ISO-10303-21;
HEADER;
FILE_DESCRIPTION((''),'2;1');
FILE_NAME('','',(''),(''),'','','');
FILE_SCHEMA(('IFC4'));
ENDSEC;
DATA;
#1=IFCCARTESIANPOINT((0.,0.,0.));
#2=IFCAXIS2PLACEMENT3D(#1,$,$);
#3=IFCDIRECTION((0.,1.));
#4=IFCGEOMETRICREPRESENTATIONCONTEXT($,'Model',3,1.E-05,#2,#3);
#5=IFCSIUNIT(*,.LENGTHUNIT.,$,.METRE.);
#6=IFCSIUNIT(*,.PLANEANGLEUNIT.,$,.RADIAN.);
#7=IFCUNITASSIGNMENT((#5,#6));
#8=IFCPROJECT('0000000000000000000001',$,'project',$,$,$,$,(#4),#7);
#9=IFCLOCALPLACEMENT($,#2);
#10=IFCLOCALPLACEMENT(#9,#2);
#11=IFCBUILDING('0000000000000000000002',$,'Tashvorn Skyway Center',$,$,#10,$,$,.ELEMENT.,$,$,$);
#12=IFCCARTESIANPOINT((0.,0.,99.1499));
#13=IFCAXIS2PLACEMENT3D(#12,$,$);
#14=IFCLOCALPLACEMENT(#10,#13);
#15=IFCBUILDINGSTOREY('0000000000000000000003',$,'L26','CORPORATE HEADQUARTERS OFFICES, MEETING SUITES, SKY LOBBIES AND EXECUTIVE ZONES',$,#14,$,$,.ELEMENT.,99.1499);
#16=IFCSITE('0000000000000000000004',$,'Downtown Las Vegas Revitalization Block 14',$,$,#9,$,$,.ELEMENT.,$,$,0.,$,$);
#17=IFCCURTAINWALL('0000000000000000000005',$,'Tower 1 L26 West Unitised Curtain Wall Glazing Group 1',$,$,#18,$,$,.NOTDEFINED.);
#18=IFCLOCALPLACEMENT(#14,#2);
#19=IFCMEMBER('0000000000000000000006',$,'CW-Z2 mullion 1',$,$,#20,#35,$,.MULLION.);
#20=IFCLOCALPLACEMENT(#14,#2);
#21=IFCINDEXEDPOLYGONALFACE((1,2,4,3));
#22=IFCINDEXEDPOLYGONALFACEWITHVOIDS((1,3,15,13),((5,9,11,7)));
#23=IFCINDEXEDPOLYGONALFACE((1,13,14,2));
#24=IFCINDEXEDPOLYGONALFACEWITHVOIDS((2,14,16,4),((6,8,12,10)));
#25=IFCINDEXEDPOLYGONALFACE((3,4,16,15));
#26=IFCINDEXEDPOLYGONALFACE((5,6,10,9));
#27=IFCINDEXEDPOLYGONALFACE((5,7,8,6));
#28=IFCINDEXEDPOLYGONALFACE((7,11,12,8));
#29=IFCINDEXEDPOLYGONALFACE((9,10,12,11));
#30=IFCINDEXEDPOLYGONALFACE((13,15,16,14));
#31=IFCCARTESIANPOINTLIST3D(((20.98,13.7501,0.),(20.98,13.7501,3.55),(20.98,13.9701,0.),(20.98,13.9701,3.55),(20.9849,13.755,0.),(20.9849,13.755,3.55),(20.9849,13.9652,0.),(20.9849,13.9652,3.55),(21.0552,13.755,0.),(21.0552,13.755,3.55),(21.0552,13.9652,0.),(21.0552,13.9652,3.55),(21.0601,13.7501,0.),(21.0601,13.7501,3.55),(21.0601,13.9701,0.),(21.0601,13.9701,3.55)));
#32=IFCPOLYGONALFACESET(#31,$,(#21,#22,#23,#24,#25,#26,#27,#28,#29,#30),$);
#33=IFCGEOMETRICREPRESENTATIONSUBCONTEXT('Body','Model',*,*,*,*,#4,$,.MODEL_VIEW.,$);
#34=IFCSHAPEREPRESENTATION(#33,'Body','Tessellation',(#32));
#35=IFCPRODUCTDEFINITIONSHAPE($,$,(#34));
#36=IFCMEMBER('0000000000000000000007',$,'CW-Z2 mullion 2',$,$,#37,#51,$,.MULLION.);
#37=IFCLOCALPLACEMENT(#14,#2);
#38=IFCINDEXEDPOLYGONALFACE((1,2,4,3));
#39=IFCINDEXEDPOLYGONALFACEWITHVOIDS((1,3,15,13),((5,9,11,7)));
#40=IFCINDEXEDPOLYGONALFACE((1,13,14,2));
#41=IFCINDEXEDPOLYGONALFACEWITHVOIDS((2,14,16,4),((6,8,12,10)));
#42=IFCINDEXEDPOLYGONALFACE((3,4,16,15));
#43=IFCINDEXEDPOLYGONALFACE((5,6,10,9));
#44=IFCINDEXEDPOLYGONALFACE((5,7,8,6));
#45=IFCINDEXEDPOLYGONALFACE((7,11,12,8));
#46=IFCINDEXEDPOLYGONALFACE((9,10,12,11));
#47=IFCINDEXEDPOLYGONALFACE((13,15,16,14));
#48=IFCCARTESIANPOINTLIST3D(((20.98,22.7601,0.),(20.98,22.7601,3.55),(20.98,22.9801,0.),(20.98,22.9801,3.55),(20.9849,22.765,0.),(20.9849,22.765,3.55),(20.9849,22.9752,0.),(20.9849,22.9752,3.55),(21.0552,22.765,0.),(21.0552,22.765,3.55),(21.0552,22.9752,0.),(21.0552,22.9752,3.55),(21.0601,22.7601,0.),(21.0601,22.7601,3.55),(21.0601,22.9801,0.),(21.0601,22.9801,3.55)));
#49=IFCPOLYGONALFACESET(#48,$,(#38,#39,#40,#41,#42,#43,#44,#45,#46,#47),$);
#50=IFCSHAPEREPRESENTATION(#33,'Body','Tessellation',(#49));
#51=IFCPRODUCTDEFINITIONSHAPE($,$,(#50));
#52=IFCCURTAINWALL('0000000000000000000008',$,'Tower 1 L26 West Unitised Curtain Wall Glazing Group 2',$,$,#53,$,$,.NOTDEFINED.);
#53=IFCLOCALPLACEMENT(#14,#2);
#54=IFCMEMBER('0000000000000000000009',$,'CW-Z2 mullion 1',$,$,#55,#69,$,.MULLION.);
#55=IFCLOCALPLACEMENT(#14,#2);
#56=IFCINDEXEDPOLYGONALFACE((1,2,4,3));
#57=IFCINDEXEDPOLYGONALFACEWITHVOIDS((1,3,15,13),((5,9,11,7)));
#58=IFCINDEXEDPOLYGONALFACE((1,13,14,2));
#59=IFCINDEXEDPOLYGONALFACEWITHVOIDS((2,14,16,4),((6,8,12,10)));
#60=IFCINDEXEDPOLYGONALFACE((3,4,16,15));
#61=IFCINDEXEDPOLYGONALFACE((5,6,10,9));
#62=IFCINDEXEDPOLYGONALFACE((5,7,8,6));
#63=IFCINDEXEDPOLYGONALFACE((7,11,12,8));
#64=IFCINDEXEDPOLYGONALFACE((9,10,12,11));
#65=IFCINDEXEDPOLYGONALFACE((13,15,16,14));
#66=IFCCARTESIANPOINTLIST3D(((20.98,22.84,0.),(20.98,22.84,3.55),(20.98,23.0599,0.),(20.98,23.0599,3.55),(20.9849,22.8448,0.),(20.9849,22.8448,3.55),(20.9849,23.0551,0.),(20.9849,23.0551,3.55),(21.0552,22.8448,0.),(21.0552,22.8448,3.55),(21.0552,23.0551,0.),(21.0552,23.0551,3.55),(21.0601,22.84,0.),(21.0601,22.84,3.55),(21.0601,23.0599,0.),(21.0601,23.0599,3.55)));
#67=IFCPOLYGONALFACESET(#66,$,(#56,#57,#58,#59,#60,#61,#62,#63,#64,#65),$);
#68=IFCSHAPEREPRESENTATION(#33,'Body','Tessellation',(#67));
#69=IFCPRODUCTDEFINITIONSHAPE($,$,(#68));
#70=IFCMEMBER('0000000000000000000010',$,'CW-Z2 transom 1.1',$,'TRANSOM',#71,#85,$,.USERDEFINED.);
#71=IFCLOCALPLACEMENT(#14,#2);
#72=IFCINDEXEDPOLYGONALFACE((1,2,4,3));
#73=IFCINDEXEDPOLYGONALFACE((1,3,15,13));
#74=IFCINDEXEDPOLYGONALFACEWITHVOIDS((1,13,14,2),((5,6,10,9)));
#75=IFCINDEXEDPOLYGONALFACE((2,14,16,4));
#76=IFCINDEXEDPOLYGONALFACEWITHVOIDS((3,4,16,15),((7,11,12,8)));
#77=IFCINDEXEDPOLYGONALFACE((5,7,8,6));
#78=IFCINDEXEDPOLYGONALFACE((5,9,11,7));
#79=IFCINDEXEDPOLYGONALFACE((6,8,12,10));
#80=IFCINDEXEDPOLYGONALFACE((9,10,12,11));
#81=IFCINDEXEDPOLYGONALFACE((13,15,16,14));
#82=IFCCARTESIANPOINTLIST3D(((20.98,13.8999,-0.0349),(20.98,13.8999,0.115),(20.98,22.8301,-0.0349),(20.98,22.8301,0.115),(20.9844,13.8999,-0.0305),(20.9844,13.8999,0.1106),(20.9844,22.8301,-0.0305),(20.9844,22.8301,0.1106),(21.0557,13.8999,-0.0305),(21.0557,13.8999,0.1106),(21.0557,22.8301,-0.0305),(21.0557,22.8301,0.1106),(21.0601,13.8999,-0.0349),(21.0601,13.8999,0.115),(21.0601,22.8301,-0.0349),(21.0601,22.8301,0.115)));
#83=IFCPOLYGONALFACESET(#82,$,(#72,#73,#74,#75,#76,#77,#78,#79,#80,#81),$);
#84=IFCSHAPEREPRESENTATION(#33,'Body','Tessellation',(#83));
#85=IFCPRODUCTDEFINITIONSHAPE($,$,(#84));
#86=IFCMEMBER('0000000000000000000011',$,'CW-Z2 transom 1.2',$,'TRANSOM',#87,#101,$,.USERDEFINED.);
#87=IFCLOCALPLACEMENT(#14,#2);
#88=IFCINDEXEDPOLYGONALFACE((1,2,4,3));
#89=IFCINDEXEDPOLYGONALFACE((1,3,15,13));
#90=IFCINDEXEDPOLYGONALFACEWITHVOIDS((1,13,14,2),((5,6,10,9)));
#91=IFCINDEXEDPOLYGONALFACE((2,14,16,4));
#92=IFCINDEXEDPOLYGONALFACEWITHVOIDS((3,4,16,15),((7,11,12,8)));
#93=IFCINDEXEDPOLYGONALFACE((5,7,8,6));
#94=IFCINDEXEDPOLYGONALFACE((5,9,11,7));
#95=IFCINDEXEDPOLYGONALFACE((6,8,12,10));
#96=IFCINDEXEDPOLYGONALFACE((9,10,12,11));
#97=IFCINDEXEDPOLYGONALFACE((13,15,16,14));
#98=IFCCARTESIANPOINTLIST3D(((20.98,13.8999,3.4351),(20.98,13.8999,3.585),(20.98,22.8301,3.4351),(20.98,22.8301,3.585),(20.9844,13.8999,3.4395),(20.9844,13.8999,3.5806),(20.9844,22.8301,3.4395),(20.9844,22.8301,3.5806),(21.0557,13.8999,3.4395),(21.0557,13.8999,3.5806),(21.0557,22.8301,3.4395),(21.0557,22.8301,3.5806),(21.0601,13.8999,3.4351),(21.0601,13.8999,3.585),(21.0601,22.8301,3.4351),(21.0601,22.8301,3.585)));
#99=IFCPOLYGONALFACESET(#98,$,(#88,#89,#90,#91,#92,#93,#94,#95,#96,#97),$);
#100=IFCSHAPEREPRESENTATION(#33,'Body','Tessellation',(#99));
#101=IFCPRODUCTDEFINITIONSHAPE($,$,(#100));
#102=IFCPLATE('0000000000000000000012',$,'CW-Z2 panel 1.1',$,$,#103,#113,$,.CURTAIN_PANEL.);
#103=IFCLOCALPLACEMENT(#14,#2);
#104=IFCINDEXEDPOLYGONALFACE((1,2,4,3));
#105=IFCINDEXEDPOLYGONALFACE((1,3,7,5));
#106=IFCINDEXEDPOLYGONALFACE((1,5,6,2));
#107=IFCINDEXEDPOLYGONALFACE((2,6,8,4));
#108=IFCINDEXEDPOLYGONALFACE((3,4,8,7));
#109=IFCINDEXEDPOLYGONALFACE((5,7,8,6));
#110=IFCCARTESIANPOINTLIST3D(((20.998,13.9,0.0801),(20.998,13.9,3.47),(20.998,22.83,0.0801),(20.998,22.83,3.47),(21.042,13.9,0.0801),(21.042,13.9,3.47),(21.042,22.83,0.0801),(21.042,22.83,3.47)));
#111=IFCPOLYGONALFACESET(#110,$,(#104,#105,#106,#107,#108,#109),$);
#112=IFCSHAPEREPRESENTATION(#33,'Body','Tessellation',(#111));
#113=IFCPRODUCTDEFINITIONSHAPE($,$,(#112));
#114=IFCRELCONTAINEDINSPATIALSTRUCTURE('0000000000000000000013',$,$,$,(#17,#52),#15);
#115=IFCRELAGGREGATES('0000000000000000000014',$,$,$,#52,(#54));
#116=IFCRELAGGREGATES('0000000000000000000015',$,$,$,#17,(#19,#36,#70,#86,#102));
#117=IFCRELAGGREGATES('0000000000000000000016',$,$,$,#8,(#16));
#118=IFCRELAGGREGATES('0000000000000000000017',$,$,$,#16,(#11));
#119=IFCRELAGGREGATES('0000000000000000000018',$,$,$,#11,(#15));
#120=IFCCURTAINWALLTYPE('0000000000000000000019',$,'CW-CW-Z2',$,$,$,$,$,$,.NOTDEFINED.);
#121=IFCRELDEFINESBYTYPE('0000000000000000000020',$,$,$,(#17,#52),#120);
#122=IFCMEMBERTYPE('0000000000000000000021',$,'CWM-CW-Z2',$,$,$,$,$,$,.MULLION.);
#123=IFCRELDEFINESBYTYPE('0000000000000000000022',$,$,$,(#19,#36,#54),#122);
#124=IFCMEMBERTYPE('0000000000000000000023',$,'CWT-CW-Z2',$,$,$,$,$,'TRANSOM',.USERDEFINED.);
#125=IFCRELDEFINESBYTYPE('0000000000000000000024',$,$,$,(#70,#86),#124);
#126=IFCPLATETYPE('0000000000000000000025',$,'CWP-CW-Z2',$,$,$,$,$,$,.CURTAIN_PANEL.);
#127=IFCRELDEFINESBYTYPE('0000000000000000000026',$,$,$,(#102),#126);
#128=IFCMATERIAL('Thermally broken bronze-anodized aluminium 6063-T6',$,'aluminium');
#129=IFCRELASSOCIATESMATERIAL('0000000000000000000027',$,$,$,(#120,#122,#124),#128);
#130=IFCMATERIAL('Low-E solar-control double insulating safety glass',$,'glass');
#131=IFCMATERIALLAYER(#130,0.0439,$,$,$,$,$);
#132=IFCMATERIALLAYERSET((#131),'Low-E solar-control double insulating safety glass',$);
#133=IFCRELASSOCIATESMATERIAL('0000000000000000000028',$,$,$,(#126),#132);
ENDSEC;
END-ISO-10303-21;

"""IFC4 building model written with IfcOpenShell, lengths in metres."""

from ifc_helpers import new_model, si_unit, direction, frame, origin, origin_2d, place, context, subcontext, project, spatial, rectangle, hollow_rectangle, extrude, material, layer, layer_set, material_profile, profile_set, type_object, element, aggregate, save


model = new_model("IFC4")

# Units and contexts
model_context = context("Model", 3, precision=1e-05, world=origin(), true_north=direction((0.0, 1.0)))
body_context = subcontext(model_context, "Body", "Model", "MODEL_VIEW")
ifc_project = project(units=[si_unit("LENGTHUNIT", "METRE"), si_unit("PLANEANGLEUNIT", "RADIAN")], contexts=[model_context])

# Site, building, storey
site_placement = place(None, origin())
site = spatial("IfcSite", under=ifc_project, at=site_placement, Name="Downtown Las Vegas Revitalization Block 14", CompositionType="ELEMENT", RefElevation=0.0)
building_placement = place(site_placement, origin())
building = spatial("IfcBuilding", under=site, at=building_placement, Name="Tashvorn Skyway Center", CompositionType="ELEMENT")
storey_placement = place(building_placement, frame((0.0, 0.0, 99.1499)))
storey = spatial("IfcBuildingStorey", under=building, at=storey_placement, Name="L26", Description="CORPORATE HEADQUARTERS OFFICES, MEETING SUITES, SKY LOBBIES AND EXECUTIVE ZONES", CompositionType="ELEMENT", Elevation=99.1499)

# Curtain wall, members
ifc_material_1 = material(Name="Thermally broken bronze-anodized aluminium 6063-T6", Category="aluminium")
curtain_wall_type = type_object("IfcCurtainWallType", Name="CW-CW-Z2", PredefinedType="NOTDEFINED", material=ifc_material_1)
curtain_wall_1_placement = place(storey_placement, origin())
curtain_wall_1 = element("IfcCurtainWall", 1, at=curtain_wall_1_placement, inside=storey, type_object=curtain_wall_type, Name="Tower 1 L26 West Unitised Curtain Wall Glazing Group 1", PredefinedType="NOTDEFINED")
ifc_material_profile_1 = material_profile(ifc_material_1, hollow_rectangle(XDim=0.0801, YDim=0.22, WallThickness=0.0049, at=origin_2d()), Name="ALU-MULL-80x220")
ifc_profile_set_1 = profile_set([ifc_material_profile_1], Name="Thermally broken bronze-anodized aluminium 6063-T6")
member_type_1 = type_object("IfcMemberType", Name="CWM-CW-Z2", PredefinedType="MULLION", material=ifc_profile_set_1)
member_1_placement = place(storey_placement, frame((21.02, 13.8601, 0.0), z_axis=(0.0, 0.0, 1.0), x_axis=(-1.0, 0.0, 0.0)))
member_1 = element("IfcMember", 2, at=member_1_placement, type_object=member_type_1, Name="CW-Z2 mullion 1", PredefinedType="MULLION", context=body_context, shape_type="SweptSolid", body=[
    extrude(hollow_rectangle(XDim=0.0801, YDim=0.22, WallThickness=0.0049, at=origin_2d()), origin(), (0.0, 0.0, 1.0), 3.55),
])
member_2_placement = place(storey_placement, frame((21.02, 22.8701, 0.0), z_axis=(0.0, 0.0, 1.0), x_axis=(-1.0, 0.0, 0.0)))
member_2 = element("IfcMember", 3, at=member_2_placement, type_object=member_type_1, Name="CW-Z2 mullion 2", PredefinedType="MULLION", context=body_context, shape_type="SweptSolid", body=[
    extrude(hollow_rectangle(XDim=0.0801, YDim=0.22, WallThickness=0.0049, at=origin_2d()), origin(), (0.0, 0.0, 1.0), 3.55),
])

# Curtain wall, member
curtain_wall_2_placement = place(storey_placement, origin())
curtain_wall_2 = element("IfcCurtainWall", 4, at=curtain_wall_2_placement, inside=storey, type_object=curtain_wall_type, Name="Tower 1 L26 West Unitised Curtain Wall Glazing Group 2", PredefinedType="NOTDEFINED")
member_3_placement = place(storey_placement, frame((21.02, 22.95, 0.0), z_axis=(0.0, 0.0, 1.0), x_axis=(-1.0, 0.0, 0.0)))
member_3 = element("IfcMember", 5, at=member_3_placement, type_object=member_type_1, Name="CW-Z2 mullion 1", PredefinedType="MULLION", context=body_context, shape_type="SweptSolid", body=[
    extrude(hollow_rectangle(XDim=0.0801, YDim=0.22, WallThickness=0.0049, at=origin_2d()), origin(), (0.0, 0.0, 1.0), 3.55),
])
aggregate(curtain_wall_2, [member_3])

# Members
ifc_material_profile_2 = material_profile(ifc_material_1, hollow_rectangle(XDim=0.0801, YDim=0.1499, WallThickness=0.0044, at=origin_2d()), Name="ALU-TRAN-80x150")
ifc_profile_set_2 = profile_set([ifc_material_profile_2], Name="Thermally broken bronze-anodized aluminium 6063-T6")
member_type_2 = type_object("IfcMemberType", Name="CWT-CW-Z2", ElementType="TRANSOM", PredefinedType="USERDEFINED", material=ifc_profile_set_2)
member_4_placement = place(storey_placement, frame((21.02, 13.8999, 0.04), z_axis=(0.0, 1.0, 0.0), x_axis=(-1.0, 0.0, 0.0)))
member_4 = element("IfcMember", 6, at=member_4_placement, type_object=member_type_2, Name="CW-Z2 transom 1.1", ObjectType="TRANSOM", PredefinedType="USERDEFINED", context=body_context, shape_type="SweptSolid", body=[
    extrude(hollow_rectangle(XDim=0.0801, YDim=0.1499, WallThickness=0.0044, at=origin_2d()), origin(), (0.0, 0.0, 1.0), 8.9302),
])
member_5_placement = place(storey_placement, frame((21.02, 13.8999, 3.51), z_axis=(0.0, 1.0, 0.0), x_axis=(-1.0, 0.0, 0.0)))
member_5 = element("IfcMember", 7, at=member_5_placement, type_object=member_type_2, Name="CW-Z2 transom 1.2", ObjectType="TRANSOM", PredefinedType="USERDEFINED", context=body_context, shape_type="SweptSolid", body=[
    extrude(hollow_rectangle(XDim=0.0801, YDim=0.1499, WallThickness=0.0044, at=origin_2d()), origin(), (0.0, 0.0, 1.0), 8.9302),
])

# Plate
ifc_material_2 = material(Name="Low-E solar-control double insulating safety glass", Category="glass")
ifc_layer_1 = layer(ifc_material_2, 0.0439)
ifc_layer_set_1 = layer_set([ifc_layer_1], Name="Low-E solar-control double insulating safety glass")
plate_type = type_object("IfcPlateType", Name="CWP-CW-Z2", PredefinedType="CURTAIN_PANEL", material=ifc_layer_set_1)
plate_placement = place(storey_placement, frame((21.02, 18.365, 0.0801), z_axis=(0.0, 0.0, 1.0), x_axis=(0.0, 1.0, 0.0)))
plate = element("IfcPlate", 8, at=plate_placement, type_object=plate_type, Name="CW-Z2 panel 1.1", PredefinedType="CURTAIN_PANEL", context=body_context, shape_type="SweptSolid", body=[
    extrude(rectangle(XDim=8.9299, YDim=0.0439, at=origin_2d()), origin(), (0.0, 0.0, 1.0), 3.3899),
])
aggregate(curtain_wall_1, [member_1, member_2, member_4, member_5, plate])

save(model, "model.ifc")
